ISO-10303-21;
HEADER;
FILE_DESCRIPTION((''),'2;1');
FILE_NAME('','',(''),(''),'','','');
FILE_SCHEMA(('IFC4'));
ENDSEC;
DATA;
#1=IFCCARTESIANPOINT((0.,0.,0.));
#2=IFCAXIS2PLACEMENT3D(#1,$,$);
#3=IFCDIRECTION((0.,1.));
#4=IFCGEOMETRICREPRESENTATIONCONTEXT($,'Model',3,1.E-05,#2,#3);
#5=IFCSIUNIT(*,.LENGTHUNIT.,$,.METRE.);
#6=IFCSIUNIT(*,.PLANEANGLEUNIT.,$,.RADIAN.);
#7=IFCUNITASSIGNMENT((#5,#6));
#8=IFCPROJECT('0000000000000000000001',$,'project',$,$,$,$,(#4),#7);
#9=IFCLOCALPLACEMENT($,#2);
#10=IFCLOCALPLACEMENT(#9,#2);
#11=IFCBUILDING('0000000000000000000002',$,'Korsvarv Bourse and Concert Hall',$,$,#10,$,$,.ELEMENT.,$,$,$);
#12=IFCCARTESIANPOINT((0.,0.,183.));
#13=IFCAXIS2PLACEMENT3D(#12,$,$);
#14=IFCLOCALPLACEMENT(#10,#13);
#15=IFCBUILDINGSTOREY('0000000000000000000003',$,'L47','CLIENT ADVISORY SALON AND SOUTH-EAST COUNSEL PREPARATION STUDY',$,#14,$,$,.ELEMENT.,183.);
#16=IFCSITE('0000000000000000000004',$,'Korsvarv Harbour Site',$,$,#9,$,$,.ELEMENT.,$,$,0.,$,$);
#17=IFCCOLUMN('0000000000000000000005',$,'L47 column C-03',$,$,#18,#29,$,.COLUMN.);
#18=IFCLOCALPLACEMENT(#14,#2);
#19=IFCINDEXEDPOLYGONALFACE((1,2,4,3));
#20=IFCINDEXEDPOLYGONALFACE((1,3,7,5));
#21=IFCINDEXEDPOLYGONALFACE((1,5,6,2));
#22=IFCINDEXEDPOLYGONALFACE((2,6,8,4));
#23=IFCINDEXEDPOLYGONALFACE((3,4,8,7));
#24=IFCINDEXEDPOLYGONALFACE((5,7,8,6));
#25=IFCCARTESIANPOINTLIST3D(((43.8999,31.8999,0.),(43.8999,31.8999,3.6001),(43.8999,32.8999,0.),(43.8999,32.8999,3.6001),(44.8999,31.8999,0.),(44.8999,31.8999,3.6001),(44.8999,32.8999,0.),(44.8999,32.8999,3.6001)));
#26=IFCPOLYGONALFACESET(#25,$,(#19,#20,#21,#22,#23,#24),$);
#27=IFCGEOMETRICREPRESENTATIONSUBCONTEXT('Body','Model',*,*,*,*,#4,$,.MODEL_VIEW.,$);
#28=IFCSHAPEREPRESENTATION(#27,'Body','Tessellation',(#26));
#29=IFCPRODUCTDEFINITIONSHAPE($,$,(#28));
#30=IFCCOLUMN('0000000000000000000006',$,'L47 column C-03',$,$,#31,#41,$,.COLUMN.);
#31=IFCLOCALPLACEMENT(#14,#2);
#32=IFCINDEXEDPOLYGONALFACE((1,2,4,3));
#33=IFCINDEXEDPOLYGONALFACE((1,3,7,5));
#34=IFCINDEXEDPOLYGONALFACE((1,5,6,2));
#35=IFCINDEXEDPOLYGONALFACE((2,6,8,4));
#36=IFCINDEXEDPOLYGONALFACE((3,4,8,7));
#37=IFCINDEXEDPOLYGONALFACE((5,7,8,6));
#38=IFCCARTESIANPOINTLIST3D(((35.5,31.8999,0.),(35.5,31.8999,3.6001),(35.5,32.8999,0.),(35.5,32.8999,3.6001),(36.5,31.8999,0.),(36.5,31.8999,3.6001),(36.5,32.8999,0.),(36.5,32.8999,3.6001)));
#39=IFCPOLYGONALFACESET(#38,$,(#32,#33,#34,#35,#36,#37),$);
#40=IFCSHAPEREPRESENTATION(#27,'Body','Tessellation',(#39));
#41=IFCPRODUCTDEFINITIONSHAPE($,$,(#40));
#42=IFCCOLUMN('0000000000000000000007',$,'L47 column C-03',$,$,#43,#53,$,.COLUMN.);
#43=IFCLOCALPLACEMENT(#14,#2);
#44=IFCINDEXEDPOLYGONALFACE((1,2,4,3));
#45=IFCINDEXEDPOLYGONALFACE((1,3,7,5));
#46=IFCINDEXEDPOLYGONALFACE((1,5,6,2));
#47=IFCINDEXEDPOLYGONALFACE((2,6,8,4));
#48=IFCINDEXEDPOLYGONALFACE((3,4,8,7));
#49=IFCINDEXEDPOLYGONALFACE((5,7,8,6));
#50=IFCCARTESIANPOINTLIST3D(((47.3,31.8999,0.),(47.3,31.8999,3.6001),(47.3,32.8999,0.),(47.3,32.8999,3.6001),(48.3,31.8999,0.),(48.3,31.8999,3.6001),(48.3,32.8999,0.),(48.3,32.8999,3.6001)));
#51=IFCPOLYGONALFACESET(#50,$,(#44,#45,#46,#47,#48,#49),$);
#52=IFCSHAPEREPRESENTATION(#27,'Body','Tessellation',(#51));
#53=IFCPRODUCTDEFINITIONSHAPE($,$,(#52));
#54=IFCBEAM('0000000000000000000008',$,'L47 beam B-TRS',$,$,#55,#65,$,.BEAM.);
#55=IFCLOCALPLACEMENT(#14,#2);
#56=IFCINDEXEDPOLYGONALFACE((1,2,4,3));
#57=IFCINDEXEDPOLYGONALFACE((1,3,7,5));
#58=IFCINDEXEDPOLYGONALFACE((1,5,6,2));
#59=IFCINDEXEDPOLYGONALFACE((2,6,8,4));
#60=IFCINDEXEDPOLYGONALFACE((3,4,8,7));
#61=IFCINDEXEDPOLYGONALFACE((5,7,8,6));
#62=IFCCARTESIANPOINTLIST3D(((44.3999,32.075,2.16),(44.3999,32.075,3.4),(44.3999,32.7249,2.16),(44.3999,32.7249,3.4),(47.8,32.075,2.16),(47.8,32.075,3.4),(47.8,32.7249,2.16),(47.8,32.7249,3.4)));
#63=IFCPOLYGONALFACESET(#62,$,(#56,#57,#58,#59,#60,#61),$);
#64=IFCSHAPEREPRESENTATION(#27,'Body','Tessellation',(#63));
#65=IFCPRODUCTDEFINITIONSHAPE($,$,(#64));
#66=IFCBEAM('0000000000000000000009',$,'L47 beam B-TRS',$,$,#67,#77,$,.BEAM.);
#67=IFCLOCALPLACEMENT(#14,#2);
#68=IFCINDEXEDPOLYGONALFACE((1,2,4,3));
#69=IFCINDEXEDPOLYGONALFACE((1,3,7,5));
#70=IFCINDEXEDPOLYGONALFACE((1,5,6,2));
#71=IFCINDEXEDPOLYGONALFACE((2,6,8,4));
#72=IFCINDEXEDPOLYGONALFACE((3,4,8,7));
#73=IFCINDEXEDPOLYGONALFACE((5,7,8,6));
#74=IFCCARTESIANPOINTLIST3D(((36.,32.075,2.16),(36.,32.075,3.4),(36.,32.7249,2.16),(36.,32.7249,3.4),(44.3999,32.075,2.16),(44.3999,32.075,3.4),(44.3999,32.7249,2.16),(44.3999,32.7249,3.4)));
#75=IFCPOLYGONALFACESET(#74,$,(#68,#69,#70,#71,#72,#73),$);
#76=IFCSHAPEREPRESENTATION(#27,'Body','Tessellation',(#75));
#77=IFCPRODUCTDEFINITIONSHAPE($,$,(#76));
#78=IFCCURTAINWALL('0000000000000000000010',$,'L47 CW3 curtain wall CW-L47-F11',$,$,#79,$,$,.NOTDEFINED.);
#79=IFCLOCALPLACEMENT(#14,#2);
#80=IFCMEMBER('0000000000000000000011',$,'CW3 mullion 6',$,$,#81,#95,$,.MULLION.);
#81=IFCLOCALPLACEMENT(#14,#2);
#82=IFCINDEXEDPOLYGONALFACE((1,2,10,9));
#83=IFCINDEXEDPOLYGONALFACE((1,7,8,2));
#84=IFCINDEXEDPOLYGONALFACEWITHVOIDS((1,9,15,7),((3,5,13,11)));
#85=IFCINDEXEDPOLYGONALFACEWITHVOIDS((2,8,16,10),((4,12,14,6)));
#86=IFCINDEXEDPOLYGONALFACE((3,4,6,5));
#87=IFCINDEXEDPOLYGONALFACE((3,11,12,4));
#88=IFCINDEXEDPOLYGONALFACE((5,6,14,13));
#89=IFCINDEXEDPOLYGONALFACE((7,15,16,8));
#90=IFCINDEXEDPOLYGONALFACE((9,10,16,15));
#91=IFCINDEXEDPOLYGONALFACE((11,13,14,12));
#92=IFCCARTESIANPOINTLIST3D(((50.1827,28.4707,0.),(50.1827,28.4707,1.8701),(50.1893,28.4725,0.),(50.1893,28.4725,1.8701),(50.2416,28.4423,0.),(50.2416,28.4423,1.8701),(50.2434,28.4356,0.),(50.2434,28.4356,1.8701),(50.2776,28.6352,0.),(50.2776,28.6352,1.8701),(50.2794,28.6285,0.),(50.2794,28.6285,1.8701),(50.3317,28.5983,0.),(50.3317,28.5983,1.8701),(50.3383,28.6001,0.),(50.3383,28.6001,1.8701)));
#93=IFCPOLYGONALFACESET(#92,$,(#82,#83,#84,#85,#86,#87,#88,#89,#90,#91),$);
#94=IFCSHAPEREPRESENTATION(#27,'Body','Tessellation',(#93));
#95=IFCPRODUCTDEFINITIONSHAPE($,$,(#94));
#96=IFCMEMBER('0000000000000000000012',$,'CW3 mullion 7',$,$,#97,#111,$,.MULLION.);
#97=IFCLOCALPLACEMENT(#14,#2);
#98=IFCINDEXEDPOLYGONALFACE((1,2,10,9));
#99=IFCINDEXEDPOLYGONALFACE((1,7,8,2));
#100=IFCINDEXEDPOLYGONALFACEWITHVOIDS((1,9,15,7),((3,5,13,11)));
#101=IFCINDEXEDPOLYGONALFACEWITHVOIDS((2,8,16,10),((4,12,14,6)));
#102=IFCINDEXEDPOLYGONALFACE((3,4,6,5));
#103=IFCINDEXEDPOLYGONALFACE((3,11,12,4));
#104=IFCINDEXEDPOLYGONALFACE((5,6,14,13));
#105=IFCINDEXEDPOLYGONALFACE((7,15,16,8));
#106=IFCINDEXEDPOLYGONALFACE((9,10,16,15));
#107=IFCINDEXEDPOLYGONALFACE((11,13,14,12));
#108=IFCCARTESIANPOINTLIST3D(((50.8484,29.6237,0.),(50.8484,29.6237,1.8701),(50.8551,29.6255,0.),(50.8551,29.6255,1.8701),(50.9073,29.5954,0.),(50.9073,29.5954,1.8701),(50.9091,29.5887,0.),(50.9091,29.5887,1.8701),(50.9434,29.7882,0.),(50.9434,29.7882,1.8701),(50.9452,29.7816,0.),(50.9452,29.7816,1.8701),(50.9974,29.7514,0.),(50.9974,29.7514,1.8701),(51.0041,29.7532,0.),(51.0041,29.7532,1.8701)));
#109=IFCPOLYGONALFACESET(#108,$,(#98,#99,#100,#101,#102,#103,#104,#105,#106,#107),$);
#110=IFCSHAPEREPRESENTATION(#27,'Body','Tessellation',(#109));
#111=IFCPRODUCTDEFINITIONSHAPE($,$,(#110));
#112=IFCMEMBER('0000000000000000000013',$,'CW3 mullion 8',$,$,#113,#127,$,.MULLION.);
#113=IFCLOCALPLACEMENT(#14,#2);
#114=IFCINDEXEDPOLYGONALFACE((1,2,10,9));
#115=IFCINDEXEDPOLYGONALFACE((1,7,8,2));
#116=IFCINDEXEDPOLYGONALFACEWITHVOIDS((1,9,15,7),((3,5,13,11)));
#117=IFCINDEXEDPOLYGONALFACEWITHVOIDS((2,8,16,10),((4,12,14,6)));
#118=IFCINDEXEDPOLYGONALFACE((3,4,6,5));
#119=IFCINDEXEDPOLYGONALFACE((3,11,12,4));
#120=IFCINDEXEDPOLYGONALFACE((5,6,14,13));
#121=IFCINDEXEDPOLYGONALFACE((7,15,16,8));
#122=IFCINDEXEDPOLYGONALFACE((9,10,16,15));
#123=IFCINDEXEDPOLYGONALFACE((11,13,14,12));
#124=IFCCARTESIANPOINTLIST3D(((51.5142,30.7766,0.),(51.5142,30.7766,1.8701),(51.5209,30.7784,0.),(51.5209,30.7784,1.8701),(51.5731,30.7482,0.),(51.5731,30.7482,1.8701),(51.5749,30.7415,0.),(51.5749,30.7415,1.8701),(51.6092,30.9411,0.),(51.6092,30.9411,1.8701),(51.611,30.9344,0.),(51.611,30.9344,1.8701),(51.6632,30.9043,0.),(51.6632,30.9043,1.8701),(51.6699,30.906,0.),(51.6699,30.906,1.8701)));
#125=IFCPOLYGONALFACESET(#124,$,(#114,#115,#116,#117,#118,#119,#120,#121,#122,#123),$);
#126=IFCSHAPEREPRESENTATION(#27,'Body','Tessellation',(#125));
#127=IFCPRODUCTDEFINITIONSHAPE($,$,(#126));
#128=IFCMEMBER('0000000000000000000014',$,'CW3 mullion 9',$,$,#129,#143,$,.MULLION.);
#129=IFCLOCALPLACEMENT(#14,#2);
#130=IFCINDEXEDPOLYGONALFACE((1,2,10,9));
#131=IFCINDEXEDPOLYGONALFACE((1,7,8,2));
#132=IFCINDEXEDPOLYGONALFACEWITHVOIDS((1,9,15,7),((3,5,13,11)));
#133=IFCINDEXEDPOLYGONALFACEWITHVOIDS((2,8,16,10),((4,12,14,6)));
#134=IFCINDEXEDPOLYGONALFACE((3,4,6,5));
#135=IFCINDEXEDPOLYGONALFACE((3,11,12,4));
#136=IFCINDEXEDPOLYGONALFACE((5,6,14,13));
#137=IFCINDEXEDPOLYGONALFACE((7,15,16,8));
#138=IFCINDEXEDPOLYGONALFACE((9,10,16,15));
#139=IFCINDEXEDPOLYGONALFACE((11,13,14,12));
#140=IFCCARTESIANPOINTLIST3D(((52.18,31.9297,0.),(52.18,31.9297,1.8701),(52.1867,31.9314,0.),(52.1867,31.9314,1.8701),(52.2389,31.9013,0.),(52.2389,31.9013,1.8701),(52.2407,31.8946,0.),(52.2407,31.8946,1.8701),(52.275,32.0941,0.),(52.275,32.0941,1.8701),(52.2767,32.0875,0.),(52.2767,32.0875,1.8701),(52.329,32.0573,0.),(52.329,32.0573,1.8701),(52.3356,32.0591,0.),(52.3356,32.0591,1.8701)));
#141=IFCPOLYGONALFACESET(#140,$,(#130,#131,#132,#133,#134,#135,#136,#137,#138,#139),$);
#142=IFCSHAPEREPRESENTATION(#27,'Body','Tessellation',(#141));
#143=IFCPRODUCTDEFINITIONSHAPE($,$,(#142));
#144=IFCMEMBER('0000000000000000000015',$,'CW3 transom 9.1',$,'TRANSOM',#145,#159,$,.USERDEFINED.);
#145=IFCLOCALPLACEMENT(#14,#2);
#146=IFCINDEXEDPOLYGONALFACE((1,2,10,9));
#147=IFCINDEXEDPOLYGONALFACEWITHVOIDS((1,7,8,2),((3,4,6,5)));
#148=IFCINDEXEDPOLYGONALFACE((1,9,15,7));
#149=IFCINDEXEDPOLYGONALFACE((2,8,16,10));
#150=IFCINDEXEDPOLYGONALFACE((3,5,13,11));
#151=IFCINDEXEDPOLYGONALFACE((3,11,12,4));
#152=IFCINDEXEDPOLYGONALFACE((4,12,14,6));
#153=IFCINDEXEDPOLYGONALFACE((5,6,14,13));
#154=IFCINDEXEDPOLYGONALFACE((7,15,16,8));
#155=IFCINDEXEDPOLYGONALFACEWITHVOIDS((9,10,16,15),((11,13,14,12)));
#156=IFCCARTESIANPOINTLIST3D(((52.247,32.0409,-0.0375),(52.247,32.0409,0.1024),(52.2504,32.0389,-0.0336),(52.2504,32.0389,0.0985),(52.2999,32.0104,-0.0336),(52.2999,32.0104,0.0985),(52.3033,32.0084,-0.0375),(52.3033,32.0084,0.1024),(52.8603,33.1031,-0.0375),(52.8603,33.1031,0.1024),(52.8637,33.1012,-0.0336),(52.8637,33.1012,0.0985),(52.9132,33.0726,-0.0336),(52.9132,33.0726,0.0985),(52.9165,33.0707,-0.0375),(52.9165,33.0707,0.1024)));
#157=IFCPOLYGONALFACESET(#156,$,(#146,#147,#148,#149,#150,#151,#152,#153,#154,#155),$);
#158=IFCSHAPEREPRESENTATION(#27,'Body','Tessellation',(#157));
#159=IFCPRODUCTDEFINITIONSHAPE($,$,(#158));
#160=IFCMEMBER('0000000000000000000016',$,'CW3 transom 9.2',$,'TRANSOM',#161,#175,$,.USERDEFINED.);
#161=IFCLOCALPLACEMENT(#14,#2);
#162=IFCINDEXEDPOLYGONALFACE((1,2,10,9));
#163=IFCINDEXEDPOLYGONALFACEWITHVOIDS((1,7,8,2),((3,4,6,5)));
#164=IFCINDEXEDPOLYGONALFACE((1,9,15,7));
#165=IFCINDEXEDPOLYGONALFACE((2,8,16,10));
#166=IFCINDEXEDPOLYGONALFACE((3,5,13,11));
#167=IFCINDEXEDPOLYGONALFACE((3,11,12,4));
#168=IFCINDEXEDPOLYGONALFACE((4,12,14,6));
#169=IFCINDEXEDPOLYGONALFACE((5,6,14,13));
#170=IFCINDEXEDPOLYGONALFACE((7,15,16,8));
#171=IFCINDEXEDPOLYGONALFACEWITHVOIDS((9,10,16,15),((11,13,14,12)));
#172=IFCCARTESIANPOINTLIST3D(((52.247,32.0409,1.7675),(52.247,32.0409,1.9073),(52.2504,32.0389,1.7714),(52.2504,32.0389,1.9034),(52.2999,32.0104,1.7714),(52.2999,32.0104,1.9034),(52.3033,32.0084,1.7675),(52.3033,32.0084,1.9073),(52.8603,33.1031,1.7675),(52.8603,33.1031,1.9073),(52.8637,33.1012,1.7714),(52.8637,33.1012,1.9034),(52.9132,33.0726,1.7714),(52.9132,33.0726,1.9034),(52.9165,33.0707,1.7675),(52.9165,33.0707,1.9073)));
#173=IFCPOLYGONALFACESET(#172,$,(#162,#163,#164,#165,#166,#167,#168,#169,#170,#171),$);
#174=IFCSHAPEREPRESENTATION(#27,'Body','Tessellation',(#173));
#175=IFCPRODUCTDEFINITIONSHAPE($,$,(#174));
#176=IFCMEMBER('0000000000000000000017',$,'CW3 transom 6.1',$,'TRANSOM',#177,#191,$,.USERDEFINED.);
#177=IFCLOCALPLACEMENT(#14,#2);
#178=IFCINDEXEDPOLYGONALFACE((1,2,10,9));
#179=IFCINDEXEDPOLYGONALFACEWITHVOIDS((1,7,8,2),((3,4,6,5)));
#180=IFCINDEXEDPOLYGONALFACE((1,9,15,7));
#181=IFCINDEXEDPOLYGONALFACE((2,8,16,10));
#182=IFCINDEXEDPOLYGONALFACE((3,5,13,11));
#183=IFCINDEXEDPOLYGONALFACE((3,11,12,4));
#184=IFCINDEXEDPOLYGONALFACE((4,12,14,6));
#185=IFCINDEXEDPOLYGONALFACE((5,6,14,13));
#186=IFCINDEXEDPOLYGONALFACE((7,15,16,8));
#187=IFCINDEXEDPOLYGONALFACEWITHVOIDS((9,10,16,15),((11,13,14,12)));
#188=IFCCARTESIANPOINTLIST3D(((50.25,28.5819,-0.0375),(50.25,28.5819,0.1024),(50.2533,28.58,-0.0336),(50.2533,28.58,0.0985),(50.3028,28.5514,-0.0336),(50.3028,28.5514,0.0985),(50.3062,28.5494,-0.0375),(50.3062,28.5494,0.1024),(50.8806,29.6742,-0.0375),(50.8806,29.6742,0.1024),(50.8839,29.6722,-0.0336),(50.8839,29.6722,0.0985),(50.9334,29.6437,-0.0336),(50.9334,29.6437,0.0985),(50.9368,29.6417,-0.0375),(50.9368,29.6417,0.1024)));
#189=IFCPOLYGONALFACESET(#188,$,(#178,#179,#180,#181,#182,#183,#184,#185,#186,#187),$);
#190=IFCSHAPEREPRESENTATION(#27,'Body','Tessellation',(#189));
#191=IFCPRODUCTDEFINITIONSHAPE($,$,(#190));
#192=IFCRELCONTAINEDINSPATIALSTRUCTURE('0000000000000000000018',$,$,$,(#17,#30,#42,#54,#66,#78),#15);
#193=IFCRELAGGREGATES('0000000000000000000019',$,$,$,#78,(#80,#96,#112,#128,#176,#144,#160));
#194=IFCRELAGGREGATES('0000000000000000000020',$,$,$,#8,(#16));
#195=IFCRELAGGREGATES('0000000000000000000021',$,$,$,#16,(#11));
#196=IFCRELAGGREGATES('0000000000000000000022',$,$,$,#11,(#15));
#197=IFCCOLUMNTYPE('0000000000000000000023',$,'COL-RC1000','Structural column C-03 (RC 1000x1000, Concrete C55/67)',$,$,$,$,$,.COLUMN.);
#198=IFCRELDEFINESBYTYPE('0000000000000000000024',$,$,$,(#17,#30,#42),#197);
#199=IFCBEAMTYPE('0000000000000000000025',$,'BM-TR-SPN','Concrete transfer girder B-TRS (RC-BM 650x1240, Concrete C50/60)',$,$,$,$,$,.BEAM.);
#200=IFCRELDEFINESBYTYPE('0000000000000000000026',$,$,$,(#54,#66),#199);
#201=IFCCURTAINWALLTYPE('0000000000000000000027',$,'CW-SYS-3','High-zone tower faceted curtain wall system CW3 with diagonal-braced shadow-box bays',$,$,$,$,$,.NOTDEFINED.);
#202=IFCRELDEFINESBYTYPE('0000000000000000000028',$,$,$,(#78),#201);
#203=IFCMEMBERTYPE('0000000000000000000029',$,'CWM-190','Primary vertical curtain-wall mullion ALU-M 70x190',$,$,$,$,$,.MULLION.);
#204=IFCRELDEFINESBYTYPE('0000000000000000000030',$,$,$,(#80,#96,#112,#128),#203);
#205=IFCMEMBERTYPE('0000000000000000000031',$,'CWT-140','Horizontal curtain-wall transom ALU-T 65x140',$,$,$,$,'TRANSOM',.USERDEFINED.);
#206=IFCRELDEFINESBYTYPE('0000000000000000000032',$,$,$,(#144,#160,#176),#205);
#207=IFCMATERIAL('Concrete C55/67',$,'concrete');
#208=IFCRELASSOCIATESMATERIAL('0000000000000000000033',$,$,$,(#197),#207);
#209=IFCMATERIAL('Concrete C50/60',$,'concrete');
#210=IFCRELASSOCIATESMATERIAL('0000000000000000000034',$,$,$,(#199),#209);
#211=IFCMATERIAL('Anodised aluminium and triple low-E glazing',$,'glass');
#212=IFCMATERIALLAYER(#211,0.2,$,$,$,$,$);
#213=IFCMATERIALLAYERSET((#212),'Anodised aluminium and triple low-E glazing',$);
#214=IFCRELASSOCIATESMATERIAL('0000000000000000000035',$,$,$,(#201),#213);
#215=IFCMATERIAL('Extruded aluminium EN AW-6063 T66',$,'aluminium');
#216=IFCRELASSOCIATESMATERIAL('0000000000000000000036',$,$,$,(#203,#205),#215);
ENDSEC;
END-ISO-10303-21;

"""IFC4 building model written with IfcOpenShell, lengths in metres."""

from ifc_helpers import new_model, si_unit, direction, frame, origin, origin_2d, place, context, subcontext, project, spatial, rectangle, hollow_rectangle, extrude, source, transform, mapped, material, layer, layer_set, material_profile, profile_set, type_object, element, aggregate, save


model = new_model("IFC4")

# Units and contexts
model_context = context("Model", 3, precision=1e-05, world=origin(), true_north=direction((0.0, 1.0)))
body_context = subcontext(model_context, "Body", "Model", "MODEL_VIEW")
ifc_project = project(units=[si_unit("LENGTHUNIT", "METRE"), si_unit("PLANEANGLEUNIT", "RADIAN")], contexts=[model_context])

# Site, building, storey
site_placement = place(None, origin())
site = spatial("IfcSite", under=ifc_project, at=site_placement, Name="Korsvarv Harbour Site", CompositionType="ELEMENT", RefElevation=0.0)
building_placement = place(site_placement, origin())
building = spatial("IfcBuilding", under=site, at=building_placement, Name="Korsvarv Bourse and Concert Hall", CompositionType="ELEMENT")
storey_placement = place(building_placement, frame((0.0, 0.0, 183.0)))
storey = spatial("IfcBuildingStorey", under=building, at=storey_placement, Name="L47", Description="CLIENT ADVISORY SALON AND SOUTH-EAST COUNSEL PREPARATION STUDY", CompositionType="ELEMENT", Elevation=183.0)

# Columns
ifc_material_1 = material(Name="Concrete C55/67", Category="concrete")
ifc_material_profile_1 = material_profile(ifc_material_1, rectangle(XDim=1.0, YDim=1.0, at=origin_2d()), Name="RC 1000x1000")
ifc_profile_set_1 = profile_set([ifc_material_profile_1], Name="Concrete C55/67")
column_type = type_object("IfcColumnType", Name="COL-RC1000", Description="Structural column C-03 (RC 1000x1000, Concrete C55/67)", PredefinedType="COLUMN", material=ifc_profile_set_1)
shared_shape_1 = source(origin(), body_context, "Body", "SweptSolid", [
    extrude(rectangle(XDim=1.0, YDim=1.0, at=origin_2d()), origin(), (0.0, 0.0, 1.0), 3.6001),
])
for number, where, z_axis, x_axis, name in (
    (1, (44.3999, 32.3999, 0.0), (0.0, 0.0, 1.0), (1.0, 0.0, 0.0), "L47 column C-03"),
    (2, (36.0, 32.3999, 0.0), (0.0, 0.0, 1.0), (1.0, 0.0, 0.0), "L47 column C-03"),
    (3, (47.8, 32.3999, 0.0), (0.0, 0.0, 1.0), (1.0, 0.0, 0.0), "L47 column C-03"),
):
    element("IfcColumn", number, at=place(storey_placement, frame(where, z_axis=z_axis, x_axis=x_axis)), inside=storey, type_object=column_type, Name=name, PredefinedType="COLUMN", context=body_context, shape_type="MappedRepresentation", body=[
        mapped(shared_shape_1, transform((0.0, 0.0, 0.0), scale=1.0)),
    ])

# Beams
ifc_material_2 = material(Name="Concrete C50/60", Category="concrete")
ifc_material_profile_2 = material_profile(ifc_material_2, rectangle(XDim=0.6499, YDim=1.24, at=origin_2d()), Name="RC-BM 650x1240")
ifc_profile_set_2 = profile_set([ifc_material_profile_2], Name="Concrete C50/60")
beam_type = type_object("IfcBeamType", Name="BM-TR-SPN", Description="Concrete transfer girder B-TRS (RC-BM 650x1240, Concrete C50/60)", PredefinedType="BEAM", material=ifc_profile_set_2)
shared_shape_2 = source(origin(), body_context, "Body", "SweptSolid", [
    extrude(rectangle(XDim=0.6499, YDim=1.24, at=origin_2d()), origin(), (0.0, 0.0, 1.0), 3.4001),
])
beam_1_placement = place(storey_placement, frame((44.3999, 32.3999, 2.78), z_axis=(1.0, 0.0, 0.0), x_axis=(0.0, 1.0, 0.0)))
element("IfcBeam", 4, at=beam_1_placement, inside=storey, type_object=beam_type, Name="L47 beam B-TRS", PredefinedType="BEAM", context=body_context, shape_type="MappedRepresentation", body=[
    mapped(shared_shape_2, transform((0.0, 0.0, 0.0), scale=1.0)),
])
shared_shape_3 = source(origin(), body_context, "Body", "SweptSolid", [
    extrude(rectangle(XDim=0.6499, YDim=1.24, at=origin_2d()), origin(), (0.0, 0.0, 1.0), 8.3999),
])
beam_2_placement = place(storey_placement, frame((36.0, 32.3999, 2.78), z_axis=(1.0, 0.0, 0.0), x_axis=(0.0, 1.0, 0.0)))
element("IfcBeam", 5, at=beam_2_placement, inside=storey, type_object=beam_type, Name="L47 beam B-TRS", PredefinedType="BEAM", context=body_context, shape_type="MappedRepresentation", body=[
    mapped(shared_shape_3, transform((0.0, 0.0, 0.0), scale=1.0)),
])

# Curtain wall, members
ifc_material_3 = material(Name="Anodised aluminium and triple low-E glazing", Category="glass")
ifc_layer_1 = layer(ifc_material_3, 0.2)
ifc_layer_set_1 = layer_set([ifc_layer_1], Name="Anodised aluminium and triple low-E glazing")
curtain_wall_type = type_object("IfcCurtainWallType", Name="CW-SYS-3", Description="High-zone tower faceted curtain wall system CW3 with diagonal-braced shadow-box bays", PredefinedType="NOTDEFINED", material=ifc_layer_set_1)
curtain_wall_placement = place(storey_placement, origin())
curtain_wall = element("IfcCurtainWall", 6, at=curtain_wall_placement, inside=storey, type_object=curtain_wall_type, Name="L47 CW3 curtain wall CW-L47-F11", PredefinedType="NOTDEFINED")
ifc_material_4 = material(Name="Extruded aluminium EN AW-6063 T66", Category="aluminium")
ifc_material_profile_3 = material_profile(ifc_material_4, hollow_rectangle(XDim=0.0701, YDim=0.1899, WallThickness=0.0049, at=origin_2d()), Name="ALU-M 70x190")
ifc_profile_set_3 = profile_set([ifc_material_profile_3], Name="Extruded aluminium EN AW-6063 T66")
member_type_1 = type_object("IfcMemberType", Name="CWM-190", Description="Primary vertical curtain-wall mullion ALU-M 70x190", PredefinedType="MULLION", material=ifc_profile_set_3)
shared_shape_4 = source(origin(), body_context, "Body", "SweptSolid", [
    extrude(hollow_rectangle(XDim=0.0701, YDim=0.1899, WallThickness=0.0049, at=origin_2d()), origin(), (0.0, 0.0, 1.0), 1.8701),
])
member_1_placement = place(storey_placement, frame((50.2605, 28.5354, 0.0), z_axis=(0.0, 0.0, 1.0), x_axis=(-0.866029, 0.499994, 0.0)))
member_1 = element("IfcMember", 7, at=member_1_placement, type_object=member_type_1, Name="CW3 mullion 6", PredefinedType="MULLION", context=body_context, shape_type="MappedRepresentation", body=[
    mapped(shared_shape_4, transform((0.0, 0.0, 0.0), scale=1.0)),
])
member_2_placement = place(storey_placement, frame((50.9263, 29.6885, 0.0), z_axis=(0.0, 0.0, 1.0), x_axis=(-0.866029, 0.499994, 0.0)))
member_2 = element("IfcMember", 8, at=member_2_placement, type_object=member_type_1, Name="CW3 mullion 7", PredefinedType="MULLION", context=body_context, shape_type="MappedRepresentation", body=[
    mapped(shared_shape_4, transform((0.0, 0.0, 0.0), scale=1.0)),
])
member_3_placement = place(storey_placement, frame((51.592, 30.8413, 0.0), z_axis=(0.0, 0.0, 1.0), x_axis=(-0.866029, 0.499994, 0.0)))
member_3 = element("IfcMember", 9, at=member_3_placement, type_object=member_type_1, Name="CW3 mullion 8", PredefinedType="MULLION", context=body_context, shape_type="MappedRepresentation", body=[
    mapped(shared_shape_4, transform((0.0, 0.0, 0.0), scale=1.0)),
])
member_4_placement = place(storey_placement, frame((52.2578, 31.9944, 0.0), z_axis=(0.0, 0.0, 1.0), x_axis=(-0.866029, 0.499994, 0.0)))
member_4 = element("IfcMember", 10, at=member_4_placement, type_object=member_type_1, Name="CW3 mullion 9", PredefinedType="MULLION", context=body_context, shape_type="MappedRepresentation", body=[
    mapped(shared_shape_4, transform((0.0, 0.0, 0.0), scale=1.0)),
])
ifc_material_profile_4 = material_profile(ifc_material_4, hollow_rectangle(XDim=0.0649, YDim=0.1399, WallThickness=0.0039, at=origin_2d()), Name="ALU-T 65x140")
ifc_profile_set_4 = profile_set([ifc_material_profile_4], Name="Extruded aluminium EN AW-6063 T66")
member_type_2 = type_object("IfcMemberType", Name="CWT-140", Description="Horizontal curtain-wall transom ALU-T 65x140", ElementType="TRANSOM", PredefinedType="USERDEFINED", material=ifc_profile_set_4)
shared_shape_5 = source(origin(), body_context, "Body", "SweptSolid", [
    extrude(hollow_rectangle(XDim=0.0649, YDim=0.1399, WallThickness=0.0039, at=origin_2d()), origin(), (0.0, 0.0, 1.0), 1.2266),
])
member_5_placement = place(storey_placement, frame((52.2751, 32.0247, 0.0325), z_axis=(0.499992, 0.86603, 0.0), x_axis=(-0.86603, 0.499992, 0.0)))
member_5 = element("IfcMember", 11, at=member_5_placement, type_object=member_type_2, Name="CW3 transom 9.1", ObjectType="TRANSOM", PredefinedType="USERDEFINED", context=body_context, shape_type="MappedRepresentation", body=[
    mapped(shared_shape_5, transform((0.0, 0.0, 0.0), scale=1.0)),
])
member_6_placement = place(storey_placement, frame((52.2751, 32.0247, 1.8374), z_axis=(0.499992, 0.86603, 0.0), x_axis=(-0.86603, 0.499992, 0.0)))
member_6 = element("IfcMember", 12, at=member_6_placement, type_object=member_type_2, Name="CW3 transom 9.2", ObjectType="TRANSOM", PredefinedType="USERDEFINED", context=body_context, shape_type="MappedRepresentation", body=[
    mapped(shared_shape_5, transform((0.0, 0.0, 0.0), scale=1.0)),
])
shared_shape_6 = source(origin(), body_context, "Body", "SweptSolid", [
    extrude(hollow_rectangle(XDim=0.0649, YDim=0.1399, WallThickness=0.0039, at=origin_2d()), origin(), (0.0, 0.0, 1.0), 1.2612),
])
member_7_placement = place(storey_placement, frame((50.2781, 28.5657, 0.0325), z_axis=(0.499991, 0.866031, 0.0), x_axis=(-0.866031, 0.499991, 0.0)))
member_7 = element("IfcMember", 13, at=member_7_placement, type_object=member_type_2, Name="CW3 transom 6.1", ObjectType="TRANSOM", PredefinedType="USERDEFINED", context=body_context, shape_type="MappedRepresentation", body=[
    mapped(shared_shape_6, transform((0.0, 0.0, 0.0), scale=1.0)),
])
aggregate(curtain_wall, [member_1, member_2, member_3, member_4, member_7, member_5, member_6])

save(model, "model.ifc")
